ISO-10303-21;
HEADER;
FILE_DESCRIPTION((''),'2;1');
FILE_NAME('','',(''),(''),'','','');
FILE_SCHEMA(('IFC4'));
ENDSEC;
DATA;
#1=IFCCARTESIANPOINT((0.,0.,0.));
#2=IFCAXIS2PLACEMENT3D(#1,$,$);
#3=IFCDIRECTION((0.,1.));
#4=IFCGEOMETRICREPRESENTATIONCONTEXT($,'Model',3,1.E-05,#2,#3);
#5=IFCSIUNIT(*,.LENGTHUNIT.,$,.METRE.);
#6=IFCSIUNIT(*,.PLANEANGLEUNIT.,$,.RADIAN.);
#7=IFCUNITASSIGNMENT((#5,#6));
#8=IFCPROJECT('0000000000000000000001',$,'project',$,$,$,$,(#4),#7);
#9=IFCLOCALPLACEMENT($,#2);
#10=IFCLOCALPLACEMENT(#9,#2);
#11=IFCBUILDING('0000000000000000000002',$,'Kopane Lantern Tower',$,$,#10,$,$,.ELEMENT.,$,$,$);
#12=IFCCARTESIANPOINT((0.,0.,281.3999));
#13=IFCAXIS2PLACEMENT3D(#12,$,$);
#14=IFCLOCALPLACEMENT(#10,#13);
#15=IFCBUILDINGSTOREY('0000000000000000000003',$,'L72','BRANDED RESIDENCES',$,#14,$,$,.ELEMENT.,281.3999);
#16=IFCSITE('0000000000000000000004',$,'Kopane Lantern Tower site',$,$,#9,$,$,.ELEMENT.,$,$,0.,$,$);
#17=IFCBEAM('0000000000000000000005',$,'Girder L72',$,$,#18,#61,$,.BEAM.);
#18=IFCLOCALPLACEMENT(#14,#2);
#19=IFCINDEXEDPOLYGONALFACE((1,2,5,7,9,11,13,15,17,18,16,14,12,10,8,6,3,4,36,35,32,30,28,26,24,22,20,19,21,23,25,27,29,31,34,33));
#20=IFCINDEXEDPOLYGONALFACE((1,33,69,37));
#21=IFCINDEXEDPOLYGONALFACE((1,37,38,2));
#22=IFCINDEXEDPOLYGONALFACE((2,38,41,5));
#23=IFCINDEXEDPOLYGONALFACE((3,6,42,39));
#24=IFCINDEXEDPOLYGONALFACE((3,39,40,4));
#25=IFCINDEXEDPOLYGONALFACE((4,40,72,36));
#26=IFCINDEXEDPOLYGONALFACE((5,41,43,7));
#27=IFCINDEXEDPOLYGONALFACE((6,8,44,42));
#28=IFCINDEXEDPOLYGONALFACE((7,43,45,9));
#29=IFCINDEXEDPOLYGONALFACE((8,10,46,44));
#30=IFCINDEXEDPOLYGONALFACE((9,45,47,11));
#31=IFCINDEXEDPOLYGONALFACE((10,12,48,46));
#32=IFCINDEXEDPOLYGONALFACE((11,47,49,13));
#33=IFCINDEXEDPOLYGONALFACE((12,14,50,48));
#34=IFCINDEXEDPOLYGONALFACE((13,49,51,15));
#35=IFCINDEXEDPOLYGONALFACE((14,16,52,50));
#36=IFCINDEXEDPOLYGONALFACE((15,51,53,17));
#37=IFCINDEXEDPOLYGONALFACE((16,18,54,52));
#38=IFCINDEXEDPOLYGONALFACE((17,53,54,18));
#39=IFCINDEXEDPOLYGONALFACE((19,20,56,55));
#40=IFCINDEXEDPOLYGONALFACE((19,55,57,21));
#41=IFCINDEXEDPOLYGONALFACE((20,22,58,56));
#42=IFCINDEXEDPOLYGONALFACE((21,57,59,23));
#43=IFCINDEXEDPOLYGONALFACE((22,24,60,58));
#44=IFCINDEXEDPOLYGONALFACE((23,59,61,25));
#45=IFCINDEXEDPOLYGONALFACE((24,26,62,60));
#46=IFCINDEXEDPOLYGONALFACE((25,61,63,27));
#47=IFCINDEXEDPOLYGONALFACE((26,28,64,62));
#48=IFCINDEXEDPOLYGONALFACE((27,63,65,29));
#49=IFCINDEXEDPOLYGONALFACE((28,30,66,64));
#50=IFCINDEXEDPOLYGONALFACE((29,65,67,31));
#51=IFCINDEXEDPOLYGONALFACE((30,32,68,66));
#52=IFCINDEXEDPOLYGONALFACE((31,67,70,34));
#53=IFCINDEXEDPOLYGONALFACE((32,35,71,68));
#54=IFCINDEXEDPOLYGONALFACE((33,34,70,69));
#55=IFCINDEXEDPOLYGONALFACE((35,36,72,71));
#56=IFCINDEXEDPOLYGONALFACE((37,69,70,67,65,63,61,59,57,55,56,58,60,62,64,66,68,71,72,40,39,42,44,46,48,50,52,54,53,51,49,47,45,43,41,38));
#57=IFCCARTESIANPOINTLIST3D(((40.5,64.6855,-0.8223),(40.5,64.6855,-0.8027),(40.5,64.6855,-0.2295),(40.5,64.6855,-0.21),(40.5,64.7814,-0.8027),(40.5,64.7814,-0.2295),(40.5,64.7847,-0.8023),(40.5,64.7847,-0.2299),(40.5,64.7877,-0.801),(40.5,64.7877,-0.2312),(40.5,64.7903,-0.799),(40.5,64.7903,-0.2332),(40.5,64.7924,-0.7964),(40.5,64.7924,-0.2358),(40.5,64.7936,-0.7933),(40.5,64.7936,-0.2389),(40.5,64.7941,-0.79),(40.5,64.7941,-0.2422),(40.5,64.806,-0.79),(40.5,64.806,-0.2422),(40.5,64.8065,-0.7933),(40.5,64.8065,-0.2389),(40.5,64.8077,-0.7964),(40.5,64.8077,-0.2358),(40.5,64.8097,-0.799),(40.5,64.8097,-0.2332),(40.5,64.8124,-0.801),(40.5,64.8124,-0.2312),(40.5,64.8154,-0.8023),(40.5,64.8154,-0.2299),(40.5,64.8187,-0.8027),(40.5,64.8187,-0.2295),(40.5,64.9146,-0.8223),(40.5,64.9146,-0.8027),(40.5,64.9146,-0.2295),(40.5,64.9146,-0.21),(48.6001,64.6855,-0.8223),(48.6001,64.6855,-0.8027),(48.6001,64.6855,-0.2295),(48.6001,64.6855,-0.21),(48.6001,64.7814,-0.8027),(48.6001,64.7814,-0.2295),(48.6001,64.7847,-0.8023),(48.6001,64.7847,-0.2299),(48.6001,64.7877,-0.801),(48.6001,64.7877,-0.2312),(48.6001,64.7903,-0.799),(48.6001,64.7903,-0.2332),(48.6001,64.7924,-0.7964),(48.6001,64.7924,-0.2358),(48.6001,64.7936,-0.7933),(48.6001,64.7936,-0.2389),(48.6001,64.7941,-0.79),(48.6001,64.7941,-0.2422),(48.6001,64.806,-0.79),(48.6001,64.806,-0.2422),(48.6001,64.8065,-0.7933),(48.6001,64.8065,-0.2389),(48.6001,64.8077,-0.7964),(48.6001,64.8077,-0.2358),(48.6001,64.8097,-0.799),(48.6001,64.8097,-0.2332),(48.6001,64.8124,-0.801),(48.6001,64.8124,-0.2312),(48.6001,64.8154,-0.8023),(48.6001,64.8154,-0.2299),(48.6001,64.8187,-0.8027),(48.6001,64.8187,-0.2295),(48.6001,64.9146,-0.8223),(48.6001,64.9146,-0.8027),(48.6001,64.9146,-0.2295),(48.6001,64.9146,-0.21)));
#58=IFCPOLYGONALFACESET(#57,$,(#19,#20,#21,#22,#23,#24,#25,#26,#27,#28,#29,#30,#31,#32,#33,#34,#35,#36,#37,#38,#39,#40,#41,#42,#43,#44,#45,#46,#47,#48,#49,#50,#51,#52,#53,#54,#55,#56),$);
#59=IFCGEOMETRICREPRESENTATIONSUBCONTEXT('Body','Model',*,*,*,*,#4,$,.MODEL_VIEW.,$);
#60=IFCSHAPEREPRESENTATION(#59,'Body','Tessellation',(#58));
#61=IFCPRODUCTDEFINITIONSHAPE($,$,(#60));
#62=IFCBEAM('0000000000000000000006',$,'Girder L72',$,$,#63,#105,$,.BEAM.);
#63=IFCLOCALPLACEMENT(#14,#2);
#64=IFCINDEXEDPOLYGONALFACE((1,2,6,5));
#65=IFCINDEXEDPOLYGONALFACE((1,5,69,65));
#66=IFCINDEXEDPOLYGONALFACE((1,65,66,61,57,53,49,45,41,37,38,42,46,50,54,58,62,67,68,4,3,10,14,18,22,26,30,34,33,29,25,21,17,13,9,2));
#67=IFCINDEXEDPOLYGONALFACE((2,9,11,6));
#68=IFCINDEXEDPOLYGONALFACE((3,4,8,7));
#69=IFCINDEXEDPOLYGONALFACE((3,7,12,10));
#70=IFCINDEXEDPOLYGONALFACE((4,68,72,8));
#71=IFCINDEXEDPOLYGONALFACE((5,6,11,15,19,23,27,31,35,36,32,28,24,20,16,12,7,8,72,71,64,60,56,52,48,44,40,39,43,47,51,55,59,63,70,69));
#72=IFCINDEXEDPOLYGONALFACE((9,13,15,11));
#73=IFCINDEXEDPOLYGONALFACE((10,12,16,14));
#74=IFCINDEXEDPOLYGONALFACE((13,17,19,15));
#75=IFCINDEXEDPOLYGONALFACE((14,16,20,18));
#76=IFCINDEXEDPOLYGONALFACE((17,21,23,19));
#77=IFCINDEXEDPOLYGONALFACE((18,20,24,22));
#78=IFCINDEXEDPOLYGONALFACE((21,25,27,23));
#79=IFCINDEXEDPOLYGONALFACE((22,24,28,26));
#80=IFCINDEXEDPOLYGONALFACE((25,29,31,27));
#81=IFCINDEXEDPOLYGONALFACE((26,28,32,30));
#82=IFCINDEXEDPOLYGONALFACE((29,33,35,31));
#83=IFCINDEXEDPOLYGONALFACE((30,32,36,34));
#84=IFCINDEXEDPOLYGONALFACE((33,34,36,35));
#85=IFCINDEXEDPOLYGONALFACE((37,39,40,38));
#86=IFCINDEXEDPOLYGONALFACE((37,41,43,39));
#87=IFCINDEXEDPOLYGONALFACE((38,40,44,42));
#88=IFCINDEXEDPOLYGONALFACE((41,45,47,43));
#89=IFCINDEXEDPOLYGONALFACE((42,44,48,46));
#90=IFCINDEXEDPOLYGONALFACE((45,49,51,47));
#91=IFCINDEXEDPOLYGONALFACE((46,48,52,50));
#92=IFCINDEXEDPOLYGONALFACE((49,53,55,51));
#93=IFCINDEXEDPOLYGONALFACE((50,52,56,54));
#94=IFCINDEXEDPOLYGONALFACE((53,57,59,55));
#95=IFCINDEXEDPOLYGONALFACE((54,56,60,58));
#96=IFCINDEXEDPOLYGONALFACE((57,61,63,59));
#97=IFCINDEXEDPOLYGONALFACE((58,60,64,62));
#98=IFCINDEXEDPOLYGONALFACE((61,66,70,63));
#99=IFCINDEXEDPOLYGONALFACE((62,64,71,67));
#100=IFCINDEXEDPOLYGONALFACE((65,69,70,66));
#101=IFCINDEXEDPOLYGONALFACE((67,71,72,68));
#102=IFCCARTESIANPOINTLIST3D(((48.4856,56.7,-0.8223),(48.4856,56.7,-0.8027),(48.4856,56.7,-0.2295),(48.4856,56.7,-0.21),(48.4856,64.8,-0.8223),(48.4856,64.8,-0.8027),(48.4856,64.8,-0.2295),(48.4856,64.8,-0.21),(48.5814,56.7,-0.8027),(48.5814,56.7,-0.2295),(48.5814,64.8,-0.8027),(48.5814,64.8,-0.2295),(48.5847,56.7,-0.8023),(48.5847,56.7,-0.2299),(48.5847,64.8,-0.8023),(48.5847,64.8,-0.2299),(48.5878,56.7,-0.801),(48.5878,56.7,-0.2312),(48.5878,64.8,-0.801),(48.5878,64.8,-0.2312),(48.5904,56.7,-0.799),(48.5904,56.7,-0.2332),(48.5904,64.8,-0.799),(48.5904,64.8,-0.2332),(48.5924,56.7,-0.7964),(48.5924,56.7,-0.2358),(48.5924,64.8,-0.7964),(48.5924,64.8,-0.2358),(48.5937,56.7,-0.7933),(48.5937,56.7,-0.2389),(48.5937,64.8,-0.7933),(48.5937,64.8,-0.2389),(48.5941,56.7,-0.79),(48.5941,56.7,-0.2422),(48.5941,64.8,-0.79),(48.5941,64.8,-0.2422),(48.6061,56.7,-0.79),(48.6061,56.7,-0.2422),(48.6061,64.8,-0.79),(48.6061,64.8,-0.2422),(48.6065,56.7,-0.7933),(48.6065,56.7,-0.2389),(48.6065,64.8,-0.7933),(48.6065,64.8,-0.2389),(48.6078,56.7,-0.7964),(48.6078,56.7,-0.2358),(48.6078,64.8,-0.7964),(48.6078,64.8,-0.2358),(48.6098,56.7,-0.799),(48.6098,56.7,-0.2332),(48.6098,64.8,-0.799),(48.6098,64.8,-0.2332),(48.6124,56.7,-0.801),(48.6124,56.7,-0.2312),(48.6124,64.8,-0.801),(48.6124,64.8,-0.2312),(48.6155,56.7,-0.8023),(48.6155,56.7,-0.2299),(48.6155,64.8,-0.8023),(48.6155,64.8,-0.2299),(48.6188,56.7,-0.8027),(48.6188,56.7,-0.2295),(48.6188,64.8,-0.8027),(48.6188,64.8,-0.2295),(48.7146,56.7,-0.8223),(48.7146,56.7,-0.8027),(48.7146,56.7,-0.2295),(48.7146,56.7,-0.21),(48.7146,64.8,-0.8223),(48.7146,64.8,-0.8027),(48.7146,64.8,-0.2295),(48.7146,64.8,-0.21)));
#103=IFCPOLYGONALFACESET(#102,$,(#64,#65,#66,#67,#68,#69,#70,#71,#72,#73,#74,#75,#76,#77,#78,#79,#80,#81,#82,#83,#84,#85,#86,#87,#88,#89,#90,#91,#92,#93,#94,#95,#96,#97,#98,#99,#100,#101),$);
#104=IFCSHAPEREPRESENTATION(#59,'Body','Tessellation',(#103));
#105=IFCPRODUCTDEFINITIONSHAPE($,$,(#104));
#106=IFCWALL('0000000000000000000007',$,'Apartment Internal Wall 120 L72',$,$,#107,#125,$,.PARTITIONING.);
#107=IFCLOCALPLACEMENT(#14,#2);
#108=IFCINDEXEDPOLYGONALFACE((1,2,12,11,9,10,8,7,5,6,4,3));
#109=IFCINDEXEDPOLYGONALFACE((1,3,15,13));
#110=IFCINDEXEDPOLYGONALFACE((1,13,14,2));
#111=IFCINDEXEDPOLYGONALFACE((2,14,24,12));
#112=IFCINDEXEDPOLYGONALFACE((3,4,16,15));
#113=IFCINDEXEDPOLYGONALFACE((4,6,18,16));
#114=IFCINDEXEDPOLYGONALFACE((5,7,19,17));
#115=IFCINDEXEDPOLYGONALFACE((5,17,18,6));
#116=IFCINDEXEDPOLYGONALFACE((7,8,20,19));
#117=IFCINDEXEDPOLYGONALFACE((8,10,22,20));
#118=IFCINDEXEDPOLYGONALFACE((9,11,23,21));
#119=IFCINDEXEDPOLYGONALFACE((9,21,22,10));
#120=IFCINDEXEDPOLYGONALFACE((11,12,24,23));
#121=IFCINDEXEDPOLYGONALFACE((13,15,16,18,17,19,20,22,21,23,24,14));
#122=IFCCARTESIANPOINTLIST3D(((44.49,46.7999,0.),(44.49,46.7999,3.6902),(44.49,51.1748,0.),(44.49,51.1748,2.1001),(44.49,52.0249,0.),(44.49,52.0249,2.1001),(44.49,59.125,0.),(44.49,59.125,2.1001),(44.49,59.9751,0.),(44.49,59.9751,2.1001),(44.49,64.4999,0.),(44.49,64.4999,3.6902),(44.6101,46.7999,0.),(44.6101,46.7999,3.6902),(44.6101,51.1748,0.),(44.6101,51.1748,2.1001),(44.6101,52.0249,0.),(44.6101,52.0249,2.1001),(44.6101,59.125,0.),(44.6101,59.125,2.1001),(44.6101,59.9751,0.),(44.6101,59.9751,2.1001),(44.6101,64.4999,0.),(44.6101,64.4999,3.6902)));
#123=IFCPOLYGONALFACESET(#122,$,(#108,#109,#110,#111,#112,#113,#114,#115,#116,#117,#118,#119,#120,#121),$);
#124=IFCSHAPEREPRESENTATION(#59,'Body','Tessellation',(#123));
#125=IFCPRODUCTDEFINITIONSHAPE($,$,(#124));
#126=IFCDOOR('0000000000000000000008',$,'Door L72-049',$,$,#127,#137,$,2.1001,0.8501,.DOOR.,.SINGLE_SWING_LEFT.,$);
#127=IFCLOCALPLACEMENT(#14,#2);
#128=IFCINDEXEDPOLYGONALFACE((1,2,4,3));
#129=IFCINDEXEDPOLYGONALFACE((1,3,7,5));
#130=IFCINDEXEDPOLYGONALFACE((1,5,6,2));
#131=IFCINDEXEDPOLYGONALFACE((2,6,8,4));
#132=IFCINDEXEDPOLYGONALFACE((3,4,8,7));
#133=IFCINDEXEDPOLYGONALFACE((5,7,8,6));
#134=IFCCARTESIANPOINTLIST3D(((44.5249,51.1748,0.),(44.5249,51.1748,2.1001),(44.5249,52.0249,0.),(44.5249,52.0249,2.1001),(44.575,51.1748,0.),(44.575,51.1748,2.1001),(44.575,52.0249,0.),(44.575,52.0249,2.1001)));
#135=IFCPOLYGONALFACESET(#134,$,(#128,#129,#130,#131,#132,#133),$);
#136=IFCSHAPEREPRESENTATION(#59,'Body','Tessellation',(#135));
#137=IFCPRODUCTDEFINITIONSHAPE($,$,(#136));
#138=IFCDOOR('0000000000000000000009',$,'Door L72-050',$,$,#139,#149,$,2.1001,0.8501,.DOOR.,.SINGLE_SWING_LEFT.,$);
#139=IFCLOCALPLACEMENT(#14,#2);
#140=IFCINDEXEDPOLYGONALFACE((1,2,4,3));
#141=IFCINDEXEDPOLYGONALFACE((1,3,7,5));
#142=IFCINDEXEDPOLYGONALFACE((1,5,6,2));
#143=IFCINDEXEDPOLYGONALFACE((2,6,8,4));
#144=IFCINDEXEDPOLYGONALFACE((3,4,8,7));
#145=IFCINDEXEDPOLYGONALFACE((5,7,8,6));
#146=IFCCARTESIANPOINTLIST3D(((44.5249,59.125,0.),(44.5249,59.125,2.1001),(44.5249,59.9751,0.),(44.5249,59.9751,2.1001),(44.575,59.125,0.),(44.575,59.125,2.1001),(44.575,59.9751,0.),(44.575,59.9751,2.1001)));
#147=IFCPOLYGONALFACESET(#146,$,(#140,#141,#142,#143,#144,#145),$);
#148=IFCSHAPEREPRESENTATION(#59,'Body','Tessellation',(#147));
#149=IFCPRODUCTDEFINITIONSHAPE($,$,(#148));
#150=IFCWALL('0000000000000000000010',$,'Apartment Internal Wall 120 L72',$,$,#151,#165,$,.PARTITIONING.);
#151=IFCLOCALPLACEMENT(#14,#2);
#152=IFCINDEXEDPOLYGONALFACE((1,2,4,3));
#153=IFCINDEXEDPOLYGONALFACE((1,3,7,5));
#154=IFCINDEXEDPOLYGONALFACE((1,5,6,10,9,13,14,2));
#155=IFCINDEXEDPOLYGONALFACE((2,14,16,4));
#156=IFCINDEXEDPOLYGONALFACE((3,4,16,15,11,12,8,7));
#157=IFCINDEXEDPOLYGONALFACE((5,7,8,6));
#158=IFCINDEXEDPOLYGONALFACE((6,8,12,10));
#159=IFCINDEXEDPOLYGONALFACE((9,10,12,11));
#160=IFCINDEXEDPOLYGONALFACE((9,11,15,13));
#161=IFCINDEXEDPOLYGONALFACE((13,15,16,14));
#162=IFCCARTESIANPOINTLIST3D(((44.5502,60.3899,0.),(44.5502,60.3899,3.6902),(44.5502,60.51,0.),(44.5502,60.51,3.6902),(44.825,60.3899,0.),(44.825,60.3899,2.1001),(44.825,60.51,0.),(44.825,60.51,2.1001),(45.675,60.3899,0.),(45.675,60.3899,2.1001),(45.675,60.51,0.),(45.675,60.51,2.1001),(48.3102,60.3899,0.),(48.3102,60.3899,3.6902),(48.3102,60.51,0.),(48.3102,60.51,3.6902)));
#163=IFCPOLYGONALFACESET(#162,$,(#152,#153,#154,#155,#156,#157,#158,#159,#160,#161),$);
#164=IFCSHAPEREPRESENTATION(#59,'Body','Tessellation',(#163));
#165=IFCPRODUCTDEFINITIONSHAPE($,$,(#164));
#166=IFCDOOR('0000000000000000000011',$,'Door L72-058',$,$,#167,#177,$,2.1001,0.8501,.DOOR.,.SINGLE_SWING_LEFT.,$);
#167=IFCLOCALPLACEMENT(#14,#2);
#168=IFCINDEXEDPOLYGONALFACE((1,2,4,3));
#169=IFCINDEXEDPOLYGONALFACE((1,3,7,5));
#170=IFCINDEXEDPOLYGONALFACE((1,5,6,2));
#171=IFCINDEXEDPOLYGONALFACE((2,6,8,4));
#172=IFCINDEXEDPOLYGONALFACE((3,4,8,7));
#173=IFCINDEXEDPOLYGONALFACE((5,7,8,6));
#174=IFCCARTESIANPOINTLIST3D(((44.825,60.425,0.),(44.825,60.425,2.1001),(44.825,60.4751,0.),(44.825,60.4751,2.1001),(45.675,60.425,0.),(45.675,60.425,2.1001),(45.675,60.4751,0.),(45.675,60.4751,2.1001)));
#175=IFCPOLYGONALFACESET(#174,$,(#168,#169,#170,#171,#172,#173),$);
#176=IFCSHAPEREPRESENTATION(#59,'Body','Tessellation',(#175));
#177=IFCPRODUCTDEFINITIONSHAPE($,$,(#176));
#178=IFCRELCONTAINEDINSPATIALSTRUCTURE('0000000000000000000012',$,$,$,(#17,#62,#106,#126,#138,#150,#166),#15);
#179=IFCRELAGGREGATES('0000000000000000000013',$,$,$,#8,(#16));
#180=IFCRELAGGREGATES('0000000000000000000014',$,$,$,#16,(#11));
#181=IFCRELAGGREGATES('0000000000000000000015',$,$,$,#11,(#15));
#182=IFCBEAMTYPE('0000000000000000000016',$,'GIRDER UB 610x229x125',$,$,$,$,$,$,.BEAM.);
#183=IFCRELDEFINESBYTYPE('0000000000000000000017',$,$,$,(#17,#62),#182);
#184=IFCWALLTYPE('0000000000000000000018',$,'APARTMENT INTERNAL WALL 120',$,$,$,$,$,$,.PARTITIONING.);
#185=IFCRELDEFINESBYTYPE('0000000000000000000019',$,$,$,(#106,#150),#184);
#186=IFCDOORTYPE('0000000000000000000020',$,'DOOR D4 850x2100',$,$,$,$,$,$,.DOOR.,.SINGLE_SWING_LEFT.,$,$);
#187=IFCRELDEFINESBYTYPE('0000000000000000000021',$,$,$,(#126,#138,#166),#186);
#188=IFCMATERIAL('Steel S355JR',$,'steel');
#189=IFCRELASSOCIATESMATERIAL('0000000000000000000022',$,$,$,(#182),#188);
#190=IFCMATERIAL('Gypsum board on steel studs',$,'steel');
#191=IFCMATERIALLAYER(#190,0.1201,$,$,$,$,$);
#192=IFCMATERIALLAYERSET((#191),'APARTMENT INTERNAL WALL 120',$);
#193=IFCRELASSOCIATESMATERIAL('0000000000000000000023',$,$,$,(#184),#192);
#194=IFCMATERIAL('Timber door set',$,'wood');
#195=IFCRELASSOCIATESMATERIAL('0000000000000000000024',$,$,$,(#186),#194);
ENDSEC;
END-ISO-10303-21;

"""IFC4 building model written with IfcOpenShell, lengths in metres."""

from ifc_helpers import new_model, si_unit, direction, frame, frame_2d, origin, origin_2d, place, context, subcontext, project, spatial, rectangle, i_section, extrude, material, layer, layer_set, material_profile, profile_set, type_object, element, fill, save


model = new_model("IFC4")

# Units and contexts
model_context = context("Model", 3, precision=1e-05, world=origin(), true_north=direction((0.0, 1.0)))
body_context = subcontext(model_context, "Body", "Model", "MODEL_VIEW")
ifc_project = project(units=[si_unit("LENGTHUNIT", "METRE"), si_unit("PLANEANGLEUNIT", "RADIAN")], contexts=[model_context])

# Site, building, storey
site_placement = place(None, origin())
site = spatial("IfcSite", under=ifc_project, at=site_placement, Name="Kopane Lantern Tower site", CompositionType="ELEMENT", RefElevation=0.0)
building_placement = place(site_placement, origin())
building = spatial("IfcBuilding", under=site, at=building_placement, Name="Kopane Lantern Tower", CompositionType="ELEMENT")
storey_placement = place(building_placement, frame((0.0, 0.0, 281.3999)))
storey = spatial("IfcBuildingStorey", under=building, at=storey_placement, Name="L72", Description="BRANDED RESIDENCES", CompositionType="ELEMENT", Elevation=281.3999)

# Beams
ifc_material_1 = material(Name="Steel S355JR", Category="steel")
ifc_material_profile_1 = material_profile(ifc_material_1, i_section(OverallWidth=0.229, OverallDepth=0.6123, WebThickness=0.012, FlangeThickness=0.0195, FilletRadius=0.0127, at=origin_2d()), Name="UB 610x229x125")
ifc_profile_set_1 = profile_set([ifc_material_profile_1], Name="Steel S355JR")
beam_type = type_object("IfcBeamType", Name="GIRDER UB 610x229x125", PredefinedType="BEAM", material=ifc_profile_set_1)
for number, where, z_axis, x_axis, name in (
    (1, (40.5, 64.8, -0.5161), (1.0, 0.0, 0.0), (0.0, 1.0, 0.0), "Girder L72"),
    (2, (48.6001, 56.7, -0.5161), (0.0, 1.0, 0.0), (-1.0, 0.0, 0.0), "Girder L72"),
):
    element("IfcBeam", number, at=place(storey_placement, frame(where, z_axis=z_axis, x_axis=x_axis)), inside=storey, type_object=beam_type, Name=name, PredefinedType="BEAM", context=body_context, shape_type="SweptSolid", body=[
        extrude(i_section(OverallWidth=0.229, OverallDepth=0.6123, WebThickness=0.012, FlangeThickness=0.0195, FilletRadius=0.0127, at=origin_2d()), origin(), (0.0, 0.0, 1.0), 8.1001),
    ])

# Wall, openings, doors
ifc_material_2 = material(Name="Gypsum board on steel studs", Category="steel")
ifc_layer_1 = layer(ifc_material_2, 0.1201)
ifc_layer_set_1 = layer_set([ifc_layer_1], Name="APARTMENT INTERNAL WALL 120")
wall_type_1 = type_object("IfcWallType", Name="APARTMENT INTERNAL WALL 120", PredefinedType="PARTITIONING", material=ifc_layer_set_1)
wall_1_placement = place(storey_placement, frame((44.55, 64.5, 0.0), z_axis=(0.0, 0.0, 1.0), x_axis=(0.0, -1.0, 0.0)))
wall_1 = element("IfcWall", 3, at=wall_1_placement, inside=storey, type_object=wall_type_1, Name="Apartment Internal Wall 120 L72", PredefinedType="PARTITIONING", context=body_context, shape_type="SweptSolid", body=[
    extrude(rectangle(XDim=17.7, YDim=0.1201, at=frame_2d((8.8501, 0.0))), origin(), (0.0, 0.0, 1.0), 3.6902),
])
opening_1_placement = place(wall_1_placement, frame((12.4751, 0.0, 0.0)))
opening_1 = element("IfcOpeningElement", 4, at=opening_1_placement, cuts=wall_1, PredefinedType="OPENING", context=body_context, shape_type="SweptSolid", body=[
    extrude(rectangle(XDim=0.8501, YDim=2.1001, at=frame_2d((0.425, 1.05))), frame((0.0, 0.0701, 0.0), z_axis=(0.0, -1.0, 0.0), x_axis=(1.0, 0.0, 0.0)), (0.0, 0.0, 1.0), 0.1401),
])
opening_2_placement = place(wall_1_placement, frame((4.5249, 0.0, 0.0)))
opening_2 = element("IfcOpeningElement", 5, at=opening_2_placement, cuts=wall_1, PredefinedType="OPENING", context=body_context, shape_type="SweptSolid", body=[
    extrude(rectangle(XDim=0.8501, YDim=2.1001, at=frame_2d((0.425, 1.05))), frame((0.0, 0.0701, 0.0), z_axis=(0.0, -1.0, 0.0), x_axis=(1.0, 0.0, 0.0)), (0.0, 0.0, 1.0), 0.1401),
])
ifc_material_3 = material(Name="Timber door set", Category="wood")
door_type = type_object("IfcDoorType", Name="DOOR D4 850x2100", OperationType="SINGLE_SWING_LEFT", PredefinedType="DOOR", material=ifc_material_3)
door_1_placement = place(opening_1_placement, origin())
door_1 = element("IfcDoor", 6, at=door_1_placement, inside=storey, type_object=door_type, Name="Door L72-049", OperationType="SINGLE_SWING_LEFT", OverallHeight=2.1001, OverallWidth=0.8501, PredefinedType="DOOR", context=body_context, shape_type="SweptSolid", body=[
    extrude(rectangle(XDim=0.8501, YDim=2.1001, at=frame_2d((0.425, 1.05))), frame((0.0, 0.0249, 0.0), z_axis=(0.0, -1.0, 0.0), x_axis=(1.0, 0.0, 0.0)), (0.0, 0.0, 1.0), 0.05),
])
fill(opening_1, door_1)
door_2_placement = place(opening_2_placement, origin())
door_2 = element("IfcDoor", 7, at=door_2_placement, inside=storey, type_object=door_type, Name="Door L72-050", OperationType="SINGLE_SWING_LEFT", OverallHeight=2.1001, OverallWidth=0.8501, PredefinedType="DOOR", context=body_context, shape_type="SweptSolid", body=[
    extrude(rectangle(XDim=0.8501, YDim=2.1001, at=frame_2d((0.425, 1.05))), frame((0.0, 0.0249, 0.0), z_axis=(0.0, -1.0, 0.0), x_axis=(1.0, 0.0, 0.0)), (0.0, 0.0, 1.0), 0.05),
])
fill(opening_2, door_2)

# Wall, opening, door
wall_2_placement = place(storey_placement, frame((48.3101, 60.45, 0.0), z_axis=(0.0, 0.0, 1.0), x_axis=(-1.0, 0.0, 0.0)))
wall_2 = element("IfcWall", 8, at=wall_2_placement, inside=storey, type_object=wall_type_1, Name="Apartment Internal Wall 120 L72", PredefinedType="PARTITIONING", context=body_context, shape_type="SweptSolid", body=[
    extrude(rectangle(XDim=3.76, YDim=0.1201, at=frame_2d((1.8799, 0.0))), origin(), (0.0, 0.0, 1.0), 3.6902),
])
opening_3_placement = place(wall_2_placement, frame((2.635, 0.0, 0.0)))
opening_3 = element("IfcOpeningElement", 9, at=opening_3_placement, cuts=wall_2, PredefinedType="OPENING", context=body_context, shape_type="SweptSolid", body=[
    extrude(rectangle(XDim=0.8501, YDim=2.1001, at=frame_2d((0.425, 1.05))), frame((0.0, 0.0701, 0.0), z_axis=(0.0, -1.0, 0.0), x_axis=(1.0, 0.0, 0.0)), (0.0, 0.0, 1.0), 0.1401),
])
door_3_placement = place(opening_3_placement, origin())
door_3 = element("IfcDoor", 10, at=door_3_placement, inside=storey, type_object=door_type, Name="Door L72-058", OperationType="SINGLE_SWING_LEFT", OverallHeight=2.1001, OverallWidth=0.8501, PredefinedType="DOOR", context=body_context, shape_type="SweptSolid", body=[
    extrude(rectangle(XDim=0.8501, YDim=2.1001, at=frame_2d((0.425, 1.05))), frame((0.0, 0.0249, 0.0), z_axis=(0.0, -1.0, 0.0), x_axis=(1.0, 0.0, 0.0)), (0.0, 0.0, 1.0), 0.05),
])
fill(opening_3, door_3)

save(model, "model.ifc")
